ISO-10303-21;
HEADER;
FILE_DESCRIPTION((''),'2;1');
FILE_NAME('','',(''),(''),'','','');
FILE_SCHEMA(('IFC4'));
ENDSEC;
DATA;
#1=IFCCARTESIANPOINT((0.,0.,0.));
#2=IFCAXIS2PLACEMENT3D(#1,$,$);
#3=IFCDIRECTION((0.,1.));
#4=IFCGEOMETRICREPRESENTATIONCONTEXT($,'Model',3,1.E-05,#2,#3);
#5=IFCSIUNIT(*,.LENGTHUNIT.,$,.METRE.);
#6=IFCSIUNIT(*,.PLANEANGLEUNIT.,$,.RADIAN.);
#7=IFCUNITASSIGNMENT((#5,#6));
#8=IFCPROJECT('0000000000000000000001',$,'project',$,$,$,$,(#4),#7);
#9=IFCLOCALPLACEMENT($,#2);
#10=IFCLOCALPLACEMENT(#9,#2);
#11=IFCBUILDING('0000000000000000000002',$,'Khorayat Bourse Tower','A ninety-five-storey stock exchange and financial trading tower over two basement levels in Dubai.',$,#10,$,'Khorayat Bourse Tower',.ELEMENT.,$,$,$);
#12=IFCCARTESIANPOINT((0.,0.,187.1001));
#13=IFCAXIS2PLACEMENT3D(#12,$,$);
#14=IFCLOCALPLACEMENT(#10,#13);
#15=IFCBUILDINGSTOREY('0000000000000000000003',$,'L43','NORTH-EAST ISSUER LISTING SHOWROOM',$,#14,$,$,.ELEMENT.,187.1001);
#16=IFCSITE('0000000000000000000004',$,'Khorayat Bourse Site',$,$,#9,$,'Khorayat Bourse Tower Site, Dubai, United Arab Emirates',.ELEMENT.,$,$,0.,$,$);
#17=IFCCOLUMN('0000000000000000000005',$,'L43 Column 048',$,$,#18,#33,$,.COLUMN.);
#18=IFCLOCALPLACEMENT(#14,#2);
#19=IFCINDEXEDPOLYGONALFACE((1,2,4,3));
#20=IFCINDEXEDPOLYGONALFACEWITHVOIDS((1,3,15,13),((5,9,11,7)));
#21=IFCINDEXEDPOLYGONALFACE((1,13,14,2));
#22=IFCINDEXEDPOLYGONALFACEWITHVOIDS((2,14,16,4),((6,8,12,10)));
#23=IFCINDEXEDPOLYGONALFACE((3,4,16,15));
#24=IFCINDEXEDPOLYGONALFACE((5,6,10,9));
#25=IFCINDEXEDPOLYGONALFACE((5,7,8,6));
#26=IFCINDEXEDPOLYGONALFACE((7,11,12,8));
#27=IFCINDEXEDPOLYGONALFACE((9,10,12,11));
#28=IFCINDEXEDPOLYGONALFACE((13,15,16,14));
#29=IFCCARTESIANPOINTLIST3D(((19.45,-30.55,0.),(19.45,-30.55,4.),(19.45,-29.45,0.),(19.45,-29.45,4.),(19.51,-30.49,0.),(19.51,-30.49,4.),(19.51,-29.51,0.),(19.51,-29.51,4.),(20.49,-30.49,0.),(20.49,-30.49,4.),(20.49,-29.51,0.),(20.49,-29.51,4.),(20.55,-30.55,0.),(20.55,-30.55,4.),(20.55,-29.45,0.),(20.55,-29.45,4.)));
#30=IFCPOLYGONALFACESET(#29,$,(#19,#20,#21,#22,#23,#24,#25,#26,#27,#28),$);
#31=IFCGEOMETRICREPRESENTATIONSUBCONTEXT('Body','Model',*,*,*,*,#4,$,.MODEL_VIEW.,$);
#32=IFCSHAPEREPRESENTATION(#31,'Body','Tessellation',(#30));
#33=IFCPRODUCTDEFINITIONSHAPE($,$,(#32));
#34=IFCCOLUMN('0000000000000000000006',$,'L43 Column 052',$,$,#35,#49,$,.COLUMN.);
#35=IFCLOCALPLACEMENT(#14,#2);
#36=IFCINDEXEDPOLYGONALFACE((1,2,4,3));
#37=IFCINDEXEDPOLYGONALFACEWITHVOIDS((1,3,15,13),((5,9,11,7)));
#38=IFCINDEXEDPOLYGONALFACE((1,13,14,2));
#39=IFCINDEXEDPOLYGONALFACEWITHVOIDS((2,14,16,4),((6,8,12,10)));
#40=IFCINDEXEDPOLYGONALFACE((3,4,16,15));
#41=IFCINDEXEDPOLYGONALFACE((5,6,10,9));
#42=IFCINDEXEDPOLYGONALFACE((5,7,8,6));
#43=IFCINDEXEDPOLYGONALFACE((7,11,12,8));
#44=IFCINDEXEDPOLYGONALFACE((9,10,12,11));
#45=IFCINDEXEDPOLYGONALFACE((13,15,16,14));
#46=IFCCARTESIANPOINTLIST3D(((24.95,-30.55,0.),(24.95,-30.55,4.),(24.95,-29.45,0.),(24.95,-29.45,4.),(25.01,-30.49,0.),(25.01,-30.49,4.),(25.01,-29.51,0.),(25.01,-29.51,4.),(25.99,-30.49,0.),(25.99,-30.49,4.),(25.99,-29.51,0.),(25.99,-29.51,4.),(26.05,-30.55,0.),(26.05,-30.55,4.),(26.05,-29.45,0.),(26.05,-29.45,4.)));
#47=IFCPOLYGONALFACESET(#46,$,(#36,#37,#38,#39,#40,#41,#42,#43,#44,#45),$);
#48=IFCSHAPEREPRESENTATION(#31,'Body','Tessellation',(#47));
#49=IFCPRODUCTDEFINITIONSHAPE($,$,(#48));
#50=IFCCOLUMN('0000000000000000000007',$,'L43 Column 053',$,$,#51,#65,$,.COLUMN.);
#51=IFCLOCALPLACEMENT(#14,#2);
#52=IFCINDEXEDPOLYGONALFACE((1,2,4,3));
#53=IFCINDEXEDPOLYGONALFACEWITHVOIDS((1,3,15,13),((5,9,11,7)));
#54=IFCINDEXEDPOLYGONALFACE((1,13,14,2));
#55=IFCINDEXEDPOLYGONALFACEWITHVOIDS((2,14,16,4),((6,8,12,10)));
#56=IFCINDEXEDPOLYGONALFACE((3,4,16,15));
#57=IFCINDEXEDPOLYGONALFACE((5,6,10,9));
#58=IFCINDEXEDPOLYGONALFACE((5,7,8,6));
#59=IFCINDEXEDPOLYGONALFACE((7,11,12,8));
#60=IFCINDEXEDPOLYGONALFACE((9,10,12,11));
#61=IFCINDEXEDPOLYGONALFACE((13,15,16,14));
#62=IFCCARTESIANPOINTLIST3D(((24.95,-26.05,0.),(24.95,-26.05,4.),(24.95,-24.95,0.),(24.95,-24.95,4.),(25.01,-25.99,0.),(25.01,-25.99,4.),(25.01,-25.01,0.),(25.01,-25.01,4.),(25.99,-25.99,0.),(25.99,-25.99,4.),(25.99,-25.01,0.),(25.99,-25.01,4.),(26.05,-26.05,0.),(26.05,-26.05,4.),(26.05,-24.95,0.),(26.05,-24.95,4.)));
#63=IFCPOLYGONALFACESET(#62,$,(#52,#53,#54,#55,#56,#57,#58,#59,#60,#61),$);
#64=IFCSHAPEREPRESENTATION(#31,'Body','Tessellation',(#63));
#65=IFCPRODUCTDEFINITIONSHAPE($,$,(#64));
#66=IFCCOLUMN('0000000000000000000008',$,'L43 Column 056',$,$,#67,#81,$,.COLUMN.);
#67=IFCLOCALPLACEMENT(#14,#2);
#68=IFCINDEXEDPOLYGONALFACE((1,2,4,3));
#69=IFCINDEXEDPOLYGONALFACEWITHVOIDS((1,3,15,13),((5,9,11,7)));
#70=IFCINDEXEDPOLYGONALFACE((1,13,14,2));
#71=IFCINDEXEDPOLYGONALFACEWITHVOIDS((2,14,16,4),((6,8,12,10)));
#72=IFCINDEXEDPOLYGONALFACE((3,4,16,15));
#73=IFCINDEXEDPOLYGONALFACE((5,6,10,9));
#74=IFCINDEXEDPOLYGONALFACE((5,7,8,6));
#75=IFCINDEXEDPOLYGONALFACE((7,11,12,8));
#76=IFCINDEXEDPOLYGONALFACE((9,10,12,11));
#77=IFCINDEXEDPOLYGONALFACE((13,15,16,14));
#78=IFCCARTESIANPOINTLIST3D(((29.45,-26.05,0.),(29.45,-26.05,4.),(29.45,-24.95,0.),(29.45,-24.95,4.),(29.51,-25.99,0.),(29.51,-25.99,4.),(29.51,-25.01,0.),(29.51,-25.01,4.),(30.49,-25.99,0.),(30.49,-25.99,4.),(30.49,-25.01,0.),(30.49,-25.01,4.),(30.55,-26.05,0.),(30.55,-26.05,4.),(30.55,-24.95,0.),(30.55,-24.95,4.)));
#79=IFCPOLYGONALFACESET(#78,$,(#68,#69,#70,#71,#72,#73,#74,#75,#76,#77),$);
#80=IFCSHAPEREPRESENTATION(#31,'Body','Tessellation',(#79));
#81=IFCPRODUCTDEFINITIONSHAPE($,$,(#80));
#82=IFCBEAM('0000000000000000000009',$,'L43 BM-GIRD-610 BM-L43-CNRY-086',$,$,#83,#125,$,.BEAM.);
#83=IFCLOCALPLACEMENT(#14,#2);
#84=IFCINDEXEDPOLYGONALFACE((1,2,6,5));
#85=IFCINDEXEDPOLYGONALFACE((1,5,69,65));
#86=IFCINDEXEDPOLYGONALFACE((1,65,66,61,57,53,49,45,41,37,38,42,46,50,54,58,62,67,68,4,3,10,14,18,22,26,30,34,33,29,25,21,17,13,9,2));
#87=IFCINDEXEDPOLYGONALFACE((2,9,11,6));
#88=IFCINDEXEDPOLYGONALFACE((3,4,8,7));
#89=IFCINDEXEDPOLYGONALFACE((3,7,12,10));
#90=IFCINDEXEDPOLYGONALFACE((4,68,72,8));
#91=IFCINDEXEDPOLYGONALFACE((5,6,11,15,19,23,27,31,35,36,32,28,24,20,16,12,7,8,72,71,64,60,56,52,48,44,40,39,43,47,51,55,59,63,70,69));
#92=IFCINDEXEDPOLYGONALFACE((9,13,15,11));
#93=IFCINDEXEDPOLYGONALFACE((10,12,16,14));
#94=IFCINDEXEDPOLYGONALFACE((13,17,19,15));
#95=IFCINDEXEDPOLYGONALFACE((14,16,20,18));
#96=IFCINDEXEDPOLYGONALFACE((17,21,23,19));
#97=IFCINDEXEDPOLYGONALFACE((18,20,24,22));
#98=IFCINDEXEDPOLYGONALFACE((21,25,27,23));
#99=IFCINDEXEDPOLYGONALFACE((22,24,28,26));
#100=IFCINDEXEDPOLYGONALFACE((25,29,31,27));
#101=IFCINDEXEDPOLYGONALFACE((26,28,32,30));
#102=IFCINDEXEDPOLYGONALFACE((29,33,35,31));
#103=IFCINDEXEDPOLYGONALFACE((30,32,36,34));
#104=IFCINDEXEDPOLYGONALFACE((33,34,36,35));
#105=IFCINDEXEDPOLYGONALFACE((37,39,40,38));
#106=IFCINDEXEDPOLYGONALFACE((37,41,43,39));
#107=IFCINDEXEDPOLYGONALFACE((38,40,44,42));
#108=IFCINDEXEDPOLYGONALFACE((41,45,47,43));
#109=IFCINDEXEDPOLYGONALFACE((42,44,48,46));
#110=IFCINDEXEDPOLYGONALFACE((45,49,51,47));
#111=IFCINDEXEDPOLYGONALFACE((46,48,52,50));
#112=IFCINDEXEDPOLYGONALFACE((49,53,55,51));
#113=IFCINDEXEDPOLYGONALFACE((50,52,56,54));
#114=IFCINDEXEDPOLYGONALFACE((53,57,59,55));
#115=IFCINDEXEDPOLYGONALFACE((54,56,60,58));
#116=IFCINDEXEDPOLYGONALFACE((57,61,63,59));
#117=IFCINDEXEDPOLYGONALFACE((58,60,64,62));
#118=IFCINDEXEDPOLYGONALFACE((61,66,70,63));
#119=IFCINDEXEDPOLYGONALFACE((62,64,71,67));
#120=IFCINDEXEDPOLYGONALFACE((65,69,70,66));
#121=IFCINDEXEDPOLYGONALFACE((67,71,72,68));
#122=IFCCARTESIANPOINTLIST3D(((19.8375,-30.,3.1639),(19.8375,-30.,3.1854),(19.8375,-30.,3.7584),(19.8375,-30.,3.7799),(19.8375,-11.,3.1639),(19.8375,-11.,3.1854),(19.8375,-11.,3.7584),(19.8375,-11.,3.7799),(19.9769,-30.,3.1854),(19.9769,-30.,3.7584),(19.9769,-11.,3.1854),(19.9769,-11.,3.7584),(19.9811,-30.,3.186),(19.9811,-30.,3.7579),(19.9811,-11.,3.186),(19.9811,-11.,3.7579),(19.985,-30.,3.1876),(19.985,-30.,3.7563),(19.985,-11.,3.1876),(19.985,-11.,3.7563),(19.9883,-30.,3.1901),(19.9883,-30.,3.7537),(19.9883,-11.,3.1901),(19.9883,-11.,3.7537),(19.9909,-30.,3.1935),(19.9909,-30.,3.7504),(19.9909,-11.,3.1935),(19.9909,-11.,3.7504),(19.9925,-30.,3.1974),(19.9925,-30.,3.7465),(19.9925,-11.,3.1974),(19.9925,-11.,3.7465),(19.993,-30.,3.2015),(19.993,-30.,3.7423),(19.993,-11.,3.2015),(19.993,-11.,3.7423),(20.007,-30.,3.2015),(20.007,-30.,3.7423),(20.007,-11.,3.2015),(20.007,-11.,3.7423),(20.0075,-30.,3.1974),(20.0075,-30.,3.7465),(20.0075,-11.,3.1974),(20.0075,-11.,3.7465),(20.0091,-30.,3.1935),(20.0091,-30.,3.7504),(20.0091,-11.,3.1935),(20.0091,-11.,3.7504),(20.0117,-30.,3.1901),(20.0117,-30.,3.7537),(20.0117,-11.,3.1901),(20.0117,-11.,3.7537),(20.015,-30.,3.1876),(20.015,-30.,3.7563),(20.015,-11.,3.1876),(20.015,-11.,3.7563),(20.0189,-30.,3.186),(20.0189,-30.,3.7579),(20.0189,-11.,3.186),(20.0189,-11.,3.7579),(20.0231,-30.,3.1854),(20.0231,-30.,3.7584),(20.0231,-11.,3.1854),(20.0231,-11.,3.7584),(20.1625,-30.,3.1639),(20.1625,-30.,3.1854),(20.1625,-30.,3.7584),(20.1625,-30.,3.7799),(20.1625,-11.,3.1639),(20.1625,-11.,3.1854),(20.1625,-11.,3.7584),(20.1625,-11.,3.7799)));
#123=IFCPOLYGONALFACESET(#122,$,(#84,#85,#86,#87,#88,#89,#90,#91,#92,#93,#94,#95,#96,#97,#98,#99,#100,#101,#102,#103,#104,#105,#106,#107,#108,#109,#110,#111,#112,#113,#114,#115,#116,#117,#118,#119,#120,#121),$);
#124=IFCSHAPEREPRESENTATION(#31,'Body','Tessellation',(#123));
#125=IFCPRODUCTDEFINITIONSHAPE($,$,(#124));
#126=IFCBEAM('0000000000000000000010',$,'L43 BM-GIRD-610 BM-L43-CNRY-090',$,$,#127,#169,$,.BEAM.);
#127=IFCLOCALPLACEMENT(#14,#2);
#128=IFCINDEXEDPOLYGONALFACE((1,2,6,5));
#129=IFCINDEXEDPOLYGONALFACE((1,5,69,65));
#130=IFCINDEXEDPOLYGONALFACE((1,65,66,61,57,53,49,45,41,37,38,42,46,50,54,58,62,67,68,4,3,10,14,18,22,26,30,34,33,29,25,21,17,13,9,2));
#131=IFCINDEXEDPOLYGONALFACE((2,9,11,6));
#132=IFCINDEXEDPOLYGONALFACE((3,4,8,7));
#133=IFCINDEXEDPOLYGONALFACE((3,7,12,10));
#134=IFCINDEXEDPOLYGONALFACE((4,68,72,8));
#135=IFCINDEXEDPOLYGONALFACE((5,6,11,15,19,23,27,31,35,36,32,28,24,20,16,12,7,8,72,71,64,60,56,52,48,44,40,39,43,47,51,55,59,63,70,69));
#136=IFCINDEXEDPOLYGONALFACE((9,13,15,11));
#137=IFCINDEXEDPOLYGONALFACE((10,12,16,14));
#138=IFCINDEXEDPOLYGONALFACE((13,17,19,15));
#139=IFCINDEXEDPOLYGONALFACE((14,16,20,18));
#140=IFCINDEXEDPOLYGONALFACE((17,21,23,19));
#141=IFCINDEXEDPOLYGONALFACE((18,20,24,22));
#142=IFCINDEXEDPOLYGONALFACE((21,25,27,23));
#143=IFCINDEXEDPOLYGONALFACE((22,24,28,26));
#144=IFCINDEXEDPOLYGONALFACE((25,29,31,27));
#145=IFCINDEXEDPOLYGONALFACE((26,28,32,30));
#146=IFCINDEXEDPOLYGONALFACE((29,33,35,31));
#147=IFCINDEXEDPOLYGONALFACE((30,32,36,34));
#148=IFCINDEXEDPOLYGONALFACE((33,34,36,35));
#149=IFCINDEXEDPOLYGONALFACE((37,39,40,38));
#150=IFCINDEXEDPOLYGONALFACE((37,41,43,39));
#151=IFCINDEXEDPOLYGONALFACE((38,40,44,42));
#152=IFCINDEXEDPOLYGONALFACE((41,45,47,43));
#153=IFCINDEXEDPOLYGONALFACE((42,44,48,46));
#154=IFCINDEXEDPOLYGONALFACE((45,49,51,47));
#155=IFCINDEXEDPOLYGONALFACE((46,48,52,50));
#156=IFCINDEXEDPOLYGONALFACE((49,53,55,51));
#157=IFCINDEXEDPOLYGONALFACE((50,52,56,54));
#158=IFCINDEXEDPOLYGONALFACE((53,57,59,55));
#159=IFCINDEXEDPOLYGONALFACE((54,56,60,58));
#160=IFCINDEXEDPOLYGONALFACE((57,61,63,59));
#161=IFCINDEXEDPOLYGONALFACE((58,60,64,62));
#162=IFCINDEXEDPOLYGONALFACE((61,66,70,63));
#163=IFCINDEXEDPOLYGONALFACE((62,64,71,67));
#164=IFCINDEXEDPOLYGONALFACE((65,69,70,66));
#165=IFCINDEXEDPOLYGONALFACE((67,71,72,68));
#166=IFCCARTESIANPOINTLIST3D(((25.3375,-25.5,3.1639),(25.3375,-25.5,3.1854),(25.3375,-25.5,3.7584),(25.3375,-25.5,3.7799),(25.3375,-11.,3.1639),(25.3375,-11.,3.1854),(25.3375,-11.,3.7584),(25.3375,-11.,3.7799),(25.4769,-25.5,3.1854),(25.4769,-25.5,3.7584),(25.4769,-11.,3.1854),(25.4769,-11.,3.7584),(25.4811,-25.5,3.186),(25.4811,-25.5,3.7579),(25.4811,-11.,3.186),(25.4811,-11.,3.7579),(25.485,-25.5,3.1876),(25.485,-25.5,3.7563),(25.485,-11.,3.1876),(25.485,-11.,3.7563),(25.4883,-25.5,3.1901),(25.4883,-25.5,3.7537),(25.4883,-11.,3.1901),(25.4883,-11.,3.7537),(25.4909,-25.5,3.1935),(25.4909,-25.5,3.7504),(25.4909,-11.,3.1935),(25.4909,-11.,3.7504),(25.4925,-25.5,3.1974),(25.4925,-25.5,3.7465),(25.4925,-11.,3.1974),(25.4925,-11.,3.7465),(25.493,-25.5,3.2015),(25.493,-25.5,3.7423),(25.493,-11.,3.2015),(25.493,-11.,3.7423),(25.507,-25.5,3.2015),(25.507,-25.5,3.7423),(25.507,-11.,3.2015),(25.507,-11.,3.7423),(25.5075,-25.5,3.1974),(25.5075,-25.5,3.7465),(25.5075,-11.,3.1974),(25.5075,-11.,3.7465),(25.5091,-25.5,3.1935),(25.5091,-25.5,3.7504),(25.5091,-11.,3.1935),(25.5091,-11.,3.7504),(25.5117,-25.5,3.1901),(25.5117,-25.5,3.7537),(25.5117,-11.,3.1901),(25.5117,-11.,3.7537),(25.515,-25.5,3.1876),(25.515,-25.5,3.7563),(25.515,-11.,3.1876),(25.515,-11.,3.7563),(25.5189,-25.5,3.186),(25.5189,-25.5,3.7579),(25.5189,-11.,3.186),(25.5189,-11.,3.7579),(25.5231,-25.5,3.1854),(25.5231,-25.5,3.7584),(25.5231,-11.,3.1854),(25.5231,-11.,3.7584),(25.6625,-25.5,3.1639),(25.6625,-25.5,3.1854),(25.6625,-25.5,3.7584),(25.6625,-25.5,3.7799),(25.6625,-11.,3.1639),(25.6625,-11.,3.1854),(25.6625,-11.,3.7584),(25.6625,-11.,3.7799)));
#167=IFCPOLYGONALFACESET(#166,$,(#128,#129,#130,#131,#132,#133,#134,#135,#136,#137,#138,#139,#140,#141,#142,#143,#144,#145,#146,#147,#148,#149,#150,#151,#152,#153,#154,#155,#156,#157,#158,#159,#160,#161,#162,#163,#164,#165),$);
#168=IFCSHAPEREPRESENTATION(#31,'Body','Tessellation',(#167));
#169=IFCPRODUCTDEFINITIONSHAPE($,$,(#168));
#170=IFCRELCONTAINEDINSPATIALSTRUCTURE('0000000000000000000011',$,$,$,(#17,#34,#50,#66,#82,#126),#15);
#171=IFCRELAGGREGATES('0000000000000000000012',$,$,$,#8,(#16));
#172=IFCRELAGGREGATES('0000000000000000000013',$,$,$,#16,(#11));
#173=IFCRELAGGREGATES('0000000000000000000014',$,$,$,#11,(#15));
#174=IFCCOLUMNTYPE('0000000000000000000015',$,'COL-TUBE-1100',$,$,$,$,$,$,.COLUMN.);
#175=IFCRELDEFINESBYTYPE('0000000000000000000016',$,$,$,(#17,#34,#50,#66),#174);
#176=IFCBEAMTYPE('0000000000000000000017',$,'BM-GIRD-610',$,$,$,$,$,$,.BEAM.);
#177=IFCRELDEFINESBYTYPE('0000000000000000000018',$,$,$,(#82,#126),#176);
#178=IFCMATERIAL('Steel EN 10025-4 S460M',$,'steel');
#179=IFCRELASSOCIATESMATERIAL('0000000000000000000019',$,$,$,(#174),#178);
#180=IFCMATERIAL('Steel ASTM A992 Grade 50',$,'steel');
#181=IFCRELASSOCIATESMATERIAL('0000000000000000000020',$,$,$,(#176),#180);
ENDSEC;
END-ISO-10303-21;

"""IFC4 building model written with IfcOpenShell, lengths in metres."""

from ifc_helpers import new_model, si_unit, direction, frame, origin, origin_2d, place, context, subcontext, project, spatial, hollow_rectangle, i_section, extrude, source, transform, mapped, material, material_profile, profile_set, type_object, element, save


model = new_model("IFC4")

# Units and contexts
model_context = context("Model", 3, precision=1e-05, world=origin(), true_north=direction((0.0, 1.0)))
body_context = subcontext(model_context, "Body", "Model", "MODEL_VIEW")
ifc_project = project(units=[si_unit("LENGTHUNIT", "METRE"), si_unit("PLANEANGLEUNIT", "RADIAN")], contexts=[model_context])

# Site, building, storey
site_placement = place(None, origin())
site = spatial("IfcSite", under=ifc_project, at=site_placement, Name="Khorayat Bourse Site", LongName="Khorayat Bourse Tower Site, Dubai, United Arab Emirates", CompositionType="ELEMENT", RefElevation=0.0)
building_placement = place(site_placement, origin())
building = spatial("IfcBuilding", under=site, at=building_placement, Name="Khorayat Bourse Tower", Description="A ninety-five-storey stock exchange and financial trading tower over two basement levels in Dubai.", LongName="Khorayat Bourse Tower", CompositionType="ELEMENT")
storey_placement = place(building_placement, frame((0.0, 0.0, 187.1001)))
storey = spatial("IfcBuildingStorey", under=building, at=storey_placement, Name="L43", Description="NORTH-EAST ISSUER LISTING SHOWROOM", CompositionType="ELEMENT", Elevation=187.1001)

# Columns
ifc_material_1 = material(Name="Steel EN 10025-4 S460M", Category="steel")
ifc_material_profile_1 = material_profile(ifc_material_1, hollow_rectangle(XDim=1.1001, YDim=1.1001, WallThickness=0.0601, at=origin_2d()), Name="BOX 1100x1100x60")
ifc_profile_set_1 = profile_set([ifc_material_profile_1], Name="Steel EN 10025-4 S460M")
column_type = type_object("IfcColumnType", Name="COL-TUBE-1100", PredefinedType="COLUMN", material=ifc_profile_set_1)
shared_shape_1 = source(origin(), body_context, "Body", "SweptSolid", [
    extrude(hollow_rectangle(XDim=1.1001, YDim=1.1001, WallThickness=0.0601, at=origin_2d()), origin(), (0.0, 0.0, 1.0), 4.0),
])
for number, where, z_axis, x_axis, name in (
    (1, (20.0, -30.0, 0.0), (0.0, 0.0, 1.0), (1.0, 0.0, 0.0), "L43 Column 048"),
    (2, (25.5, -30.0, 0.0), (0.0, 0.0, 1.0), (1.0, 0.0, 0.0), "L43 Column 052"),
    (3, (25.5, -25.5, 0.0), (0.0, 0.0, 1.0), (1.0, 0.0, 0.0), "L43 Column 053"),
    (4, (30.0, -25.5, 0.0), (0.0, 0.0, 1.0), (1.0, 0.0, 0.0), "L43 Column 056"),
):
    element("IfcColumn", number, at=place(storey_placement, frame(where, z_axis=z_axis, x_axis=x_axis)), inside=storey, type_object=column_type, Name=name, PredefinedType="COLUMN", context=body_context, shape_type="MappedRepresentation", body=[
        mapped(shared_shape_1, transform((0.0, 0.0, 0.0), scale=1.0)),
    ])

# Beams
ifc_material_2 = material(Name="Steel ASTM A992 Grade 50", Category="steel")
ifc_material_profile_2 = material_profile(ifc_material_2, i_section(OverallWidth=0.325, OverallDepth=0.616, WebThickness=0.0139, FlangeThickness=0.0215, FilletRadius=0.0161, at=origin_2d()), Name="W610X174")
ifc_profile_set_2 = profile_set([ifc_material_profile_2], Name="Steel ASTM A992 Grade 50")
beam_type_1 = type_object("IfcBeamType", Name="BM-GIRD-610", PredefinedType="BEAM", material=ifc_profile_set_2)
shared_shape_2 = source(origin(), body_context, "Body", "SweptSolid", [
    extrude(i_section(OverallWidth=0.325, OverallDepth=0.616, WebThickness=0.0139, FlangeThickness=0.0215, FilletRadius=0.0161, at=origin_2d()), origin(), (0.0, 0.0, 1.0), 19.0),
])
beam_1_placement = place(storey_placement, frame((20.0, -30.0, 3.4719), z_axis=(0.0, 1.0, 0.0), x_axis=(-1.0, 0.0, 0.0)))
element("IfcBeam", 5, at=beam_1_placement, inside=storey, type_object=beam_type_1, Name="L43 BM-GIRD-610 BM-L43-CNRY-086", PredefinedType="BEAM", context=body_context, shape_type="MappedRepresentation", body=[
    mapped(shared_shape_2, transform((0.0, 0.0, 0.0), scale=1.0)),
])
shared_shape_3 = source(origin(), body_context, "Body", "SweptSolid", [
    extrude(i_section(OverallWidth=0.325, OverallDepth=0.616, WebThickness=0.0139, FlangeThickness=0.0215, FilletRadius=0.0161, at=origin_2d()), origin(), (0.0, 0.0, 1.0), 14.5),
])
beam_2_placement = place(storey_placement, frame((25.5, -25.5, 3.4719), z_axis=(0.0, 1.0, 0.0), x_axis=(-1.0, 0.0, 0.0)))
element("IfcBeam", 6, at=beam_2_placement, inside=storey, type_object=beam_type_1, Name="L43 BM-GIRD-610 BM-L43-CNRY-090", PredefinedType="BEAM", context=body_context, shape_type="MappedRepresentation", body=[
    mapped(shared_shape_3, transform((0.0, 0.0, 0.0), scale=1.0)),
])

save(model, "model.ifc")
